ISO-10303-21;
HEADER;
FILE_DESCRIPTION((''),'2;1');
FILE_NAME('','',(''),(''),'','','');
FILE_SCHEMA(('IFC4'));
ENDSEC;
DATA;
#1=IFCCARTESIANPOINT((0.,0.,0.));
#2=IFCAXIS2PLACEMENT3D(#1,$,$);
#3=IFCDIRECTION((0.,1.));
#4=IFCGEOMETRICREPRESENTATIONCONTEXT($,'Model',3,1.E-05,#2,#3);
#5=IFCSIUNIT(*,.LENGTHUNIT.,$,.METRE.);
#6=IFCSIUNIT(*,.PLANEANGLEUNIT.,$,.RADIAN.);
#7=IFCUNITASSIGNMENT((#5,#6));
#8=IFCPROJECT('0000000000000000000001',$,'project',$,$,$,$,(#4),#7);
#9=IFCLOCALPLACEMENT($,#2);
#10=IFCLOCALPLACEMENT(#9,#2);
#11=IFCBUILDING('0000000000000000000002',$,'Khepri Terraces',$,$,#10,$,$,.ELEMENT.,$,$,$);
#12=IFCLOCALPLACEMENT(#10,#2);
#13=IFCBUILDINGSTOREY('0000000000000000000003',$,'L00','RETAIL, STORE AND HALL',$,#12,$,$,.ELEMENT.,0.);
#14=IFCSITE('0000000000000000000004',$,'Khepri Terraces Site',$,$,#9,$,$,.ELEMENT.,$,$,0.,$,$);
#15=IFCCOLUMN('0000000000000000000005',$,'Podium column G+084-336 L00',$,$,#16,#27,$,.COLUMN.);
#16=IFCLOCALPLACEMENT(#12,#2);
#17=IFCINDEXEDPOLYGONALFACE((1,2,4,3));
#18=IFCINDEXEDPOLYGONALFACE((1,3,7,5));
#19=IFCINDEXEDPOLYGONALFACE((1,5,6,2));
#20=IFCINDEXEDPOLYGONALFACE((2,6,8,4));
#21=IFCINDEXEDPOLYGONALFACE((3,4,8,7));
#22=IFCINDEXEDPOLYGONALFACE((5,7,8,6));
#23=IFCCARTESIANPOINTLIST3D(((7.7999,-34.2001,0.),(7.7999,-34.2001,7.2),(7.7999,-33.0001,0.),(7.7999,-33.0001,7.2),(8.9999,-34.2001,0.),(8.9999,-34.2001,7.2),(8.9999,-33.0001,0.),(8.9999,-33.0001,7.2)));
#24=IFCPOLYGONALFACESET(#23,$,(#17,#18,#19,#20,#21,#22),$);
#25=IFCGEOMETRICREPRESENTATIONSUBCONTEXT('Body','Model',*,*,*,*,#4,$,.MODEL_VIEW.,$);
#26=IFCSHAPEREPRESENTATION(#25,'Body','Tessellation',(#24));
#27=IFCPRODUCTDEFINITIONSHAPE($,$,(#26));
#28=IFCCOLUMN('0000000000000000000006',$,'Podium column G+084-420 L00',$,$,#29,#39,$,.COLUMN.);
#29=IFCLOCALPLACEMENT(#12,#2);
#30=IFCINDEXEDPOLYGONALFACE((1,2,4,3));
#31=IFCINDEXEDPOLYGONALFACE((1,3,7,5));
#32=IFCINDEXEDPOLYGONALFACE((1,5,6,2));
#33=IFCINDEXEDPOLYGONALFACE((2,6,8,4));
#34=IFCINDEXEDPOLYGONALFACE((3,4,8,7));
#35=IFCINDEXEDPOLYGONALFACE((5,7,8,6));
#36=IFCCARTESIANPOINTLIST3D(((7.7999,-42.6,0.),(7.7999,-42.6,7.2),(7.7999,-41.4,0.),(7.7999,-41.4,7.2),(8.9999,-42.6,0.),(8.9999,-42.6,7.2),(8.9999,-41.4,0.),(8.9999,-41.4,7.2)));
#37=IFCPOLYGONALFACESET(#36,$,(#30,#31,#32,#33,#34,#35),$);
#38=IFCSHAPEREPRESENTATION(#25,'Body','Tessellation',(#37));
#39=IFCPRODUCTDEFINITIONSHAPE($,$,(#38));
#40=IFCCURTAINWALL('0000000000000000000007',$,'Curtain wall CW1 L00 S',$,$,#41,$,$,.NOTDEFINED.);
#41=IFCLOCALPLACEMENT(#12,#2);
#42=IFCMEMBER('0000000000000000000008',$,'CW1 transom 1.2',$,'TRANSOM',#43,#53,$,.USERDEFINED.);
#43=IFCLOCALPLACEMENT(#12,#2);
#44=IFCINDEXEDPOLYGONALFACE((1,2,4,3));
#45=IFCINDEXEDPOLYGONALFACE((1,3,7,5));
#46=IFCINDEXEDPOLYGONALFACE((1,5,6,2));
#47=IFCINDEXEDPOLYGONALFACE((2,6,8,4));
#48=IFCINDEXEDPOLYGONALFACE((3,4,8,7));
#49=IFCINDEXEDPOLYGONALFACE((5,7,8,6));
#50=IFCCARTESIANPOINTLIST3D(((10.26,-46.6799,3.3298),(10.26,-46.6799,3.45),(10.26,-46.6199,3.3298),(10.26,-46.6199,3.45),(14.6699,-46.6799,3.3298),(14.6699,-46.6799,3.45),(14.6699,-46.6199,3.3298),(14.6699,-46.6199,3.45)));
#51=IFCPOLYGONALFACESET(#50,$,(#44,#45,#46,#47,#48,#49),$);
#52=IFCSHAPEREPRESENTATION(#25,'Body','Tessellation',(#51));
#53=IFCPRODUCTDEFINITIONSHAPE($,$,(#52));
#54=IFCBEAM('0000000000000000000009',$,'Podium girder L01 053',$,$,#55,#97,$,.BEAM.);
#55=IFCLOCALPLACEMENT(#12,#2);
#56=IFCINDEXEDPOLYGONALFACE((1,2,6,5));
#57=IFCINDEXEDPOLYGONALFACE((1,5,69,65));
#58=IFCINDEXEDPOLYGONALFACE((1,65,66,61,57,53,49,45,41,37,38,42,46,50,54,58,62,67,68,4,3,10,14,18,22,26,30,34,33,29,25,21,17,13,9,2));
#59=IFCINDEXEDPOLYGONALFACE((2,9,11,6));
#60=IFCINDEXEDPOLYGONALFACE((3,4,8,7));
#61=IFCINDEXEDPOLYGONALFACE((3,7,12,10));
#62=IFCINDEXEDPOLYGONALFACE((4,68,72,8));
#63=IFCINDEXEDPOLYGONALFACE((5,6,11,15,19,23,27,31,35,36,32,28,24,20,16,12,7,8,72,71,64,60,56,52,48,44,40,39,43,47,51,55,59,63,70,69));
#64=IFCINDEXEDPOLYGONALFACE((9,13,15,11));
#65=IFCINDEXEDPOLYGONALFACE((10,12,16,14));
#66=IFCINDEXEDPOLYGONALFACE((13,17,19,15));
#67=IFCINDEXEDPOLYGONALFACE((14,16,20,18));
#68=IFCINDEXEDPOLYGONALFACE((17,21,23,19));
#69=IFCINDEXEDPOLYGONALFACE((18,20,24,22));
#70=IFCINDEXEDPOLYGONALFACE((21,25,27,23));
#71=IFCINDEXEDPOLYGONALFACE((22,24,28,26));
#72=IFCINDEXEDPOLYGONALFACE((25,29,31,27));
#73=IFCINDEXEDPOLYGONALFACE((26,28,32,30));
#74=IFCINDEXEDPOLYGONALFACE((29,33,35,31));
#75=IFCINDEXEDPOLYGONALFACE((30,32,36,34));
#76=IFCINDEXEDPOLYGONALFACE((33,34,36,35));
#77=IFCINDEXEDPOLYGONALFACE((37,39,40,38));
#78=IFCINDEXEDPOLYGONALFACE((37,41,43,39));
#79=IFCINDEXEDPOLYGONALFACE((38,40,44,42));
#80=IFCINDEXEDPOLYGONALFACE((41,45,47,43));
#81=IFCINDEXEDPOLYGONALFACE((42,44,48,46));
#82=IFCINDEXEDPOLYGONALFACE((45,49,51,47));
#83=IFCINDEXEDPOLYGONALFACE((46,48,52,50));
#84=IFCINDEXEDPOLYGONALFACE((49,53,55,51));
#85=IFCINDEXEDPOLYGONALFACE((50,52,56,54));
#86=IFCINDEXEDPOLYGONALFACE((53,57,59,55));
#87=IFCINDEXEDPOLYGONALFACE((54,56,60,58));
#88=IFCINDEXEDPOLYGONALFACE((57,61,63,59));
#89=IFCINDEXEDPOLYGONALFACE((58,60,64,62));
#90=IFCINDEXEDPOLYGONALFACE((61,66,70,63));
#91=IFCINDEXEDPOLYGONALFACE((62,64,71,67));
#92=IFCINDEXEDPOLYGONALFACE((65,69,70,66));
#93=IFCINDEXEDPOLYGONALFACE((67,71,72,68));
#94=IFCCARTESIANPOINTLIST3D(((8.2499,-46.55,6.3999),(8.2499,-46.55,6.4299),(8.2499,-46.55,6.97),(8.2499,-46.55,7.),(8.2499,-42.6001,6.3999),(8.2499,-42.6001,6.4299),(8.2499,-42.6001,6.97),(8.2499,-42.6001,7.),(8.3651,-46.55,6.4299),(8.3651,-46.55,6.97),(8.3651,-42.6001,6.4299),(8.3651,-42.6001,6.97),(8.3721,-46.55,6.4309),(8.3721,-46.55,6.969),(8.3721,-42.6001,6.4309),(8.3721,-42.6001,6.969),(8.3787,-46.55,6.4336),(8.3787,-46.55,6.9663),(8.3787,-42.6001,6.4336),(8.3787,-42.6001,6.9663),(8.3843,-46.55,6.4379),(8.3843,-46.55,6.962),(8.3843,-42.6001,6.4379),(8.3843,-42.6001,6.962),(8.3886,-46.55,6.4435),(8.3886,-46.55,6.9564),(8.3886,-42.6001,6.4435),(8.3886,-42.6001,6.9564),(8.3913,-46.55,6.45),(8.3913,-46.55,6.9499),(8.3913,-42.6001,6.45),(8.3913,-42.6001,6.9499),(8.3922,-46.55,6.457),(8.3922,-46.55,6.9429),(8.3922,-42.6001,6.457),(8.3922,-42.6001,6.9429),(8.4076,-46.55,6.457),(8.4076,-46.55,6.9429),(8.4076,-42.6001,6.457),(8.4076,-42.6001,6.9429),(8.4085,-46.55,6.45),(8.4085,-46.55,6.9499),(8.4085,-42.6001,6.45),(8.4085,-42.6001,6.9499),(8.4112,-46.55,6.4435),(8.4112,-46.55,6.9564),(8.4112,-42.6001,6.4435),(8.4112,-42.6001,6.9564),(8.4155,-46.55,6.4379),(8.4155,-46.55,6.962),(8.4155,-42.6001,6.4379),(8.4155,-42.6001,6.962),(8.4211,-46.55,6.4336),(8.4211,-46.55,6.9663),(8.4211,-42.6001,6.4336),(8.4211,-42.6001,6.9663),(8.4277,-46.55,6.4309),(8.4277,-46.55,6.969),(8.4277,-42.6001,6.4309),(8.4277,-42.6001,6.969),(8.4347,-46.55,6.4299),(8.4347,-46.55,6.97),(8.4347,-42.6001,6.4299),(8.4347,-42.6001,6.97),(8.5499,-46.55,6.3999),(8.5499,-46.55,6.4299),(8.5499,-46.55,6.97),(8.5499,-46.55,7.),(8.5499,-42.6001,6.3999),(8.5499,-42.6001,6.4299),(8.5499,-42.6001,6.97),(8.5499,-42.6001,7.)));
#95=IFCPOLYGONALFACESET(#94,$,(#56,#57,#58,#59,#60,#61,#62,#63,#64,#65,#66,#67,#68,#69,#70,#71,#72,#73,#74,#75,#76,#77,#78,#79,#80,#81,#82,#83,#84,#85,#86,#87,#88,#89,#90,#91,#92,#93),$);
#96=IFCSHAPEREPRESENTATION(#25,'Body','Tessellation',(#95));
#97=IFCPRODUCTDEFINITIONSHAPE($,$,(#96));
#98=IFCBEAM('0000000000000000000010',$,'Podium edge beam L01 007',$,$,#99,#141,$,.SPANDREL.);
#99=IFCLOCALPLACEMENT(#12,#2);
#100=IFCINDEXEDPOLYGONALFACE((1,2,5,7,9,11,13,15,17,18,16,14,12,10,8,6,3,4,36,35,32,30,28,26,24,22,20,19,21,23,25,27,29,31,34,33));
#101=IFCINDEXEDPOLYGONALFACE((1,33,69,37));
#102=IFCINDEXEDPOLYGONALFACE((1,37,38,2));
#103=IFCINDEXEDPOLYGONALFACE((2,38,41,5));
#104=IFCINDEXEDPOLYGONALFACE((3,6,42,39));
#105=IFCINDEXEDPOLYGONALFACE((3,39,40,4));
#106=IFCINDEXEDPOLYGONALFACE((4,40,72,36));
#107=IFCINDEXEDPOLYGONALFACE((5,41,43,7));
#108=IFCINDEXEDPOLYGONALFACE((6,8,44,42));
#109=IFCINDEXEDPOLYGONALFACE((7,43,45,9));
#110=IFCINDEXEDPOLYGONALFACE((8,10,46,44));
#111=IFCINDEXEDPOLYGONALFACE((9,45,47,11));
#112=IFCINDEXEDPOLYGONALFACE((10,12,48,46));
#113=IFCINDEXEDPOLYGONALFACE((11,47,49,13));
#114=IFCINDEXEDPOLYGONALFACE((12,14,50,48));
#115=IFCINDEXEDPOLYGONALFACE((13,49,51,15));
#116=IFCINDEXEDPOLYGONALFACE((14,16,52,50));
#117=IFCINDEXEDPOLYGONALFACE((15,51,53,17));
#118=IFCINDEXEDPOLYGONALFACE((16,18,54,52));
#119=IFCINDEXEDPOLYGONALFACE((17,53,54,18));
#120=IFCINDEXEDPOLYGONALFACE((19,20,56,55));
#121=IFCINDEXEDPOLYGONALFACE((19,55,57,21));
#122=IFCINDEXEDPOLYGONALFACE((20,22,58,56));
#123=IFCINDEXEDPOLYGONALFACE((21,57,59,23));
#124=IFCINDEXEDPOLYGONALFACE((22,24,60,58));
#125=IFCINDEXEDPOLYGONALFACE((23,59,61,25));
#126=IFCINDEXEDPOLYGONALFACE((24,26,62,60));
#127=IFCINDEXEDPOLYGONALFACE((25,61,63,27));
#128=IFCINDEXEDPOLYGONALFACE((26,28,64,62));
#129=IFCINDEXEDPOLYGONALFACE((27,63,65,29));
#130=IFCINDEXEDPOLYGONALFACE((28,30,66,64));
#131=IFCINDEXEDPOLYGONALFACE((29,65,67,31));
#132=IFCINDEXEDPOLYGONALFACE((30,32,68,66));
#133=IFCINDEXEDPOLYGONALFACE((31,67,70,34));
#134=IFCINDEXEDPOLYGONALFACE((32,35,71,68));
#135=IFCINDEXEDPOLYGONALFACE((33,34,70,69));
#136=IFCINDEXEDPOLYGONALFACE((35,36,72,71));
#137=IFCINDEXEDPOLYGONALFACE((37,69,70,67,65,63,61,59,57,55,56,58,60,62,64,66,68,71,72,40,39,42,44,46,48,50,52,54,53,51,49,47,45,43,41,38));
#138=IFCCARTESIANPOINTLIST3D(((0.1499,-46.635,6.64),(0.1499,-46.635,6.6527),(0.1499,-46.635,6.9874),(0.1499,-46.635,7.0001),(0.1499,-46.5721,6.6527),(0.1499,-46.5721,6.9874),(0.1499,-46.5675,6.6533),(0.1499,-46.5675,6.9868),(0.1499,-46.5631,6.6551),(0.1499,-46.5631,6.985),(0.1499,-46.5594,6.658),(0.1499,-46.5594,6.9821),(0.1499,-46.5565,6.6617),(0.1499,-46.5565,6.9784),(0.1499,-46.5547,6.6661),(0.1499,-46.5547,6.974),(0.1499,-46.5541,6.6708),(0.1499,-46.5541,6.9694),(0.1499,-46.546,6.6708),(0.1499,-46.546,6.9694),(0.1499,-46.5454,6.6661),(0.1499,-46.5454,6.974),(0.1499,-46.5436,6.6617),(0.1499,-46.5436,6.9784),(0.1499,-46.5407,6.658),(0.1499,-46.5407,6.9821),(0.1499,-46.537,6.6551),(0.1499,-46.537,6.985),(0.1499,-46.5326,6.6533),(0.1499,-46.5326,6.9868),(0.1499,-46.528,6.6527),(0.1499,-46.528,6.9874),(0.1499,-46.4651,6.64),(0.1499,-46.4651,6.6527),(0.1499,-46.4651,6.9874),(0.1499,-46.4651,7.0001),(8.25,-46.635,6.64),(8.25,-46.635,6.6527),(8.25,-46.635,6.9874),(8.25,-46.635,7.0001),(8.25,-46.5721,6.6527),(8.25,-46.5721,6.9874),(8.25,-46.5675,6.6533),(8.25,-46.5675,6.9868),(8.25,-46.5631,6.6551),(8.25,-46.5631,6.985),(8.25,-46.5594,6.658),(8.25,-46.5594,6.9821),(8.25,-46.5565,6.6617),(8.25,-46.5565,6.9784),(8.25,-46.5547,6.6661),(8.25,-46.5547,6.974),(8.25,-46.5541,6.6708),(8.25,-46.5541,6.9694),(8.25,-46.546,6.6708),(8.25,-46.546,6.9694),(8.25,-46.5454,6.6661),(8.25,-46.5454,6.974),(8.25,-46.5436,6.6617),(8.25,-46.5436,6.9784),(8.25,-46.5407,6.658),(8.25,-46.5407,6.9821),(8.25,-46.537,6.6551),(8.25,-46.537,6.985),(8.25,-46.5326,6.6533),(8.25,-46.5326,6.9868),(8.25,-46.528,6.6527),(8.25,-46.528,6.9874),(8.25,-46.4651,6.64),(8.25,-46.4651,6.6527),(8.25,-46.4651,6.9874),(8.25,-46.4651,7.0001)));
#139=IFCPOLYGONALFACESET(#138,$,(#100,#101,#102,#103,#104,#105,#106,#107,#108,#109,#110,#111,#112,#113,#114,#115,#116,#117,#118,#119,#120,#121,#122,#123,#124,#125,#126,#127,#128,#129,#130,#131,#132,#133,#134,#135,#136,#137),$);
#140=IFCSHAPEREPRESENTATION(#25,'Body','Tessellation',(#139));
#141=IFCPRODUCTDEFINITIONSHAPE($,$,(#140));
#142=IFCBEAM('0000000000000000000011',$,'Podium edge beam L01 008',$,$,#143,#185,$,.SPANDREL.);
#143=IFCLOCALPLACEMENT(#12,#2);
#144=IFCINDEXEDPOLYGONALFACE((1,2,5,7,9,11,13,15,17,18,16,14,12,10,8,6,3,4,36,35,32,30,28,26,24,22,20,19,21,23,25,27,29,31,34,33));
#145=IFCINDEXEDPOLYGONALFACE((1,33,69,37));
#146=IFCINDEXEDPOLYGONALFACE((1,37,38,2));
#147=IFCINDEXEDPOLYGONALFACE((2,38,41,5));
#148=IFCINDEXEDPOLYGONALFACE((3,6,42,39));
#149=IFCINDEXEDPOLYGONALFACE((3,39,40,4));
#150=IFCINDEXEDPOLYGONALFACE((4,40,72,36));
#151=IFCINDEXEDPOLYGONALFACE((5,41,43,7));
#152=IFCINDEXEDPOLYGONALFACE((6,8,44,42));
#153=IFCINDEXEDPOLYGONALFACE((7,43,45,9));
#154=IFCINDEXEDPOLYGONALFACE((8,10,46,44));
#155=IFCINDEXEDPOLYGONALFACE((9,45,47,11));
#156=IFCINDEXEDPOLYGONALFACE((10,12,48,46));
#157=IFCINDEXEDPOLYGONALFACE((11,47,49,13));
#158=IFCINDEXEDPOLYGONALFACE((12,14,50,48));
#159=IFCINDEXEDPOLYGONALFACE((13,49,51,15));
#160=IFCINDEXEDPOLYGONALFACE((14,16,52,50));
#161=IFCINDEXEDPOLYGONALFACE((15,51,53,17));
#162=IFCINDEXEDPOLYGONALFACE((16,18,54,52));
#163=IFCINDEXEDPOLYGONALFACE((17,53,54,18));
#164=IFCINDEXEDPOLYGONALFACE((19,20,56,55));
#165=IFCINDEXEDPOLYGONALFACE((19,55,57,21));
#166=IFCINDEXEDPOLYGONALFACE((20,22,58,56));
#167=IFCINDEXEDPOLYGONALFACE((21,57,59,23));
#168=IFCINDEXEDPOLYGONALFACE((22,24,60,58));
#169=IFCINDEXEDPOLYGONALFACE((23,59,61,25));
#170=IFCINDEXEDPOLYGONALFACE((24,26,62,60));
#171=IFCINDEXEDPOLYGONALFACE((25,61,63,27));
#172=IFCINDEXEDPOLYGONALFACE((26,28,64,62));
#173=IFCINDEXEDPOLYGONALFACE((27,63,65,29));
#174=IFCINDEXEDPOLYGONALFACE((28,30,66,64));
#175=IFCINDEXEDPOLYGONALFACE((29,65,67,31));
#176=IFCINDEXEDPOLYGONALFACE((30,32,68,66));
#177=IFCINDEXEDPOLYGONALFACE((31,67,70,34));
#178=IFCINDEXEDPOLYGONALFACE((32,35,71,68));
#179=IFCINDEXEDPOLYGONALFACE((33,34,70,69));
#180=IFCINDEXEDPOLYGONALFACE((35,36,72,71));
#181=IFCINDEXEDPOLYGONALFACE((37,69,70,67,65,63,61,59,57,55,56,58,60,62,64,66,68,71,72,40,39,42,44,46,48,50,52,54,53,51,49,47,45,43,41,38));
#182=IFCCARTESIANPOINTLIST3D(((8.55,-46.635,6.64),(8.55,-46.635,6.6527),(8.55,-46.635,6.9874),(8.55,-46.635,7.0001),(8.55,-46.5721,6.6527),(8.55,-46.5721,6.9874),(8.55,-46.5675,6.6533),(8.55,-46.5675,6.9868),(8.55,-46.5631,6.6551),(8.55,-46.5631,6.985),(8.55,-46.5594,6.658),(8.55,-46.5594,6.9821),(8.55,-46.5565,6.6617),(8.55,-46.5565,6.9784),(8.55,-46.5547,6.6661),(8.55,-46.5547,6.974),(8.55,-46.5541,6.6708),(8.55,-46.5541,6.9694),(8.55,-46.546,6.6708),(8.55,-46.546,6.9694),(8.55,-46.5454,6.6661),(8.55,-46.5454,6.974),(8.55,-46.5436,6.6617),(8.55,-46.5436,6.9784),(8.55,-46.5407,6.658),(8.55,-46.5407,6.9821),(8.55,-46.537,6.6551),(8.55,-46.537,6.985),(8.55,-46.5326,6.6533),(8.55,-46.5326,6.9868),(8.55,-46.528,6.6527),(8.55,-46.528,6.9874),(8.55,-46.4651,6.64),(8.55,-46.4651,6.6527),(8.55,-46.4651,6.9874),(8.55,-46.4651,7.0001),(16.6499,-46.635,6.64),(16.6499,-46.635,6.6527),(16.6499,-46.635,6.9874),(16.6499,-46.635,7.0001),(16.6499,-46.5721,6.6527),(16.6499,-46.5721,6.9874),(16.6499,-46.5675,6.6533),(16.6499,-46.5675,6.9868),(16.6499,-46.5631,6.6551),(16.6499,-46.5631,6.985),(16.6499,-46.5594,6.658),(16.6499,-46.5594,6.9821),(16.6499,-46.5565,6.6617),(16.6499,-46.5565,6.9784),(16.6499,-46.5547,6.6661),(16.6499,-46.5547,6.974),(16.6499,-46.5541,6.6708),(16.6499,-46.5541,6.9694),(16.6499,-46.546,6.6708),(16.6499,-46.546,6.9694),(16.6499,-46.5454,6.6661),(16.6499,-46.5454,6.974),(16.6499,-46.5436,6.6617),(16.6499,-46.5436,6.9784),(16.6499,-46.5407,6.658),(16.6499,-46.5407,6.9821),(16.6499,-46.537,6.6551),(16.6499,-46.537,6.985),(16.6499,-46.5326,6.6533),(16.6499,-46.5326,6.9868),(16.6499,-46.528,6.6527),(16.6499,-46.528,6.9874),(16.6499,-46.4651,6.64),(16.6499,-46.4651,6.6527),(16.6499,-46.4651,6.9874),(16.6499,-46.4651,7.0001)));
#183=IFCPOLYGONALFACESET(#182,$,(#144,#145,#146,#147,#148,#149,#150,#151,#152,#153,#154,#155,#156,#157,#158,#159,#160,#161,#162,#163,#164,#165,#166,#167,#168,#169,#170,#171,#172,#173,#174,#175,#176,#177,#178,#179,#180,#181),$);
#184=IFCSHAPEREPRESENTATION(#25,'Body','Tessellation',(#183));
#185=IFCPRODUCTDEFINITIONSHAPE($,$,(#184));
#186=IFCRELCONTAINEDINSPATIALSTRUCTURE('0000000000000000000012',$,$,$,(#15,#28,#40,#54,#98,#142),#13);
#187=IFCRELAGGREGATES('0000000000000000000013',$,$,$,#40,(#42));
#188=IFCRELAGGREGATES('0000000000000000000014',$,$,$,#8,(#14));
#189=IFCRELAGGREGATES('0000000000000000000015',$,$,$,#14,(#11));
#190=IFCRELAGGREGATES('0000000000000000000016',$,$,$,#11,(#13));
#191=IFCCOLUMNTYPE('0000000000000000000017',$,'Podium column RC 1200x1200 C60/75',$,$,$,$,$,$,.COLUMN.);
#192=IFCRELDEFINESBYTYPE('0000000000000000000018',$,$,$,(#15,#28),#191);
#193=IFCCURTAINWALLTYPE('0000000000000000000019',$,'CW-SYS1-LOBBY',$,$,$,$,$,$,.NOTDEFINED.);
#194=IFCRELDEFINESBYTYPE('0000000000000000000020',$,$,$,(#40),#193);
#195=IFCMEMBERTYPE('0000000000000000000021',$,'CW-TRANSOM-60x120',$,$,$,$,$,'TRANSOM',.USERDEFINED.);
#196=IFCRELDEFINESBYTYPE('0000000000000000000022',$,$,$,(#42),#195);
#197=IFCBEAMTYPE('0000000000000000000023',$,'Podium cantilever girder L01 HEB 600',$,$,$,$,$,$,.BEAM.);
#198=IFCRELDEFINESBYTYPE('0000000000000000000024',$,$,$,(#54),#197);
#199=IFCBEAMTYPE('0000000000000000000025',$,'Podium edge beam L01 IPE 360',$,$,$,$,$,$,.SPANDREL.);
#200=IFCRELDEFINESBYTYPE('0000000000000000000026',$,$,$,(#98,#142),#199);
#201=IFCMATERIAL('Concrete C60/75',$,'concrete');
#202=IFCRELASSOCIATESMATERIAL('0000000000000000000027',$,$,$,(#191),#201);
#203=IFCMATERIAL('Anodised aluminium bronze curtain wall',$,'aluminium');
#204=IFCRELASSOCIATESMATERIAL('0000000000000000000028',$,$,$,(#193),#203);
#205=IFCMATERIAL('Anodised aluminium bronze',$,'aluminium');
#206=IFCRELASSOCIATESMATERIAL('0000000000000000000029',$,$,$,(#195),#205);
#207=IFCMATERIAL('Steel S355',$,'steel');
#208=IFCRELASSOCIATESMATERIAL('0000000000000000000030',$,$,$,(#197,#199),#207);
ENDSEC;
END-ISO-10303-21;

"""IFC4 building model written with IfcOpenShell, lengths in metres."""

from ifc_helpers import new_model, si_unit, direction, frame, origin, origin_2d, place, context, subcontext, project, spatial, rectangle, i_section, extrude, material, material_profile, profile_set, type_object, element, aggregate, save


model = new_model("IFC4")

# Units and contexts
model_context = context("Model", 3, precision=1e-05, world=origin(), true_north=direction((0.0, 1.0)))
body_context = subcontext(model_context, "Body", "Model", "MODEL_VIEW")
ifc_project = project(units=[si_unit("LENGTHUNIT", "METRE"), si_unit("PLANEANGLEUNIT", "RADIAN")], contexts=[model_context])

# Site, building, storey
site_placement = place(None, origin())
site = spatial("IfcSite", under=ifc_project, at=site_placement, Name="Khepri Terraces Site", CompositionType="ELEMENT", RefElevation=0.0)
building_placement = place(site_placement, origin())
building = spatial("IfcBuilding", under=site, at=building_placement, Name="Khepri Terraces", CompositionType="ELEMENT")
storey_placement = place(building_placement, origin())
storey = spatial("IfcBuildingStorey", under=building, at=storey_placement, Name="L00", Description="RETAIL, STORE AND HALL", CompositionType="ELEMENT", Elevation=0.0)

# Columns
ifc_material_1 = material(Name="Concrete C60/75", Category="concrete")
ifc_material_profile_1 = material_profile(ifc_material_1, rectangle(XDim=1.2, YDim=1.2, at=origin_2d()), Name="Concrete C60/75", Category="concrete")
ifc_profile_set_1 = profile_set([ifc_material_profile_1], Name="Concrete C60/75")
column_type = type_object("IfcColumnType", Name="Podium column RC 1200x1200 C60/75", PredefinedType="COLUMN", material=ifc_profile_set_1)
for number, where, z_axis, x_axis, name in (
    (1, (8.3999, -33.6001, 0.0), (0.0, 0.0, 1.0), (1.0, 0.0, 0.0), "Podium column G+084-336 L00"),
    (2, (8.3999, -42.0, 0.0), (0.0, 0.0, 1.0), (1.0, 0.0, 0.0), "Podium column G+084-420 L00"),
):
    element("IfcColumn", number, at=place(storey_placement, frame(where, z_axis=z_axis, x_axis=x_axis)), inside=storey, type_object=column_type, Name=name, PredefinedType="COLUMN", context=body_context, shape_type="SweptSolid", body=[
        extrude(rectangle(XDim=1.2, YDim=1.2, at=origin_2d()), origin(), (0.0, 0.0, 1.0), 7.2),
    ])

# Curtain wall, member
ifc_material_2 = material(Name="Anodised aluminium bronze curtain wall", Category="aluminium")
curtain_wall_type = type_object("IfcCurtainWallType", Name="CW-SYS1-LOBBY", PredefinedType="NOTDEFINED", material=ifc_material_2)
curtain_wall_placement = place(storey_placement, origin())
curtain_wall = element("IfcCurtainWall", 3, at=curtain_wall_placement, inside=storey, type_object=curtain_wall_type, Name="Curtain wall CW1 L00 S", PredefinedType="NOTDEFINED")
ifc_material_3 = material(Name="Anodised aluminium bronze", Category="aluminium")
ifc_material_profile_2 = material_profile(ifc_material_3, rectangle(XDim=0.0601, YDim=0.1201, at=origin_2d()), Name="Anodised aluminium bronze", Category="aluminium")
ifc_profile_set_2 = profile_set([ifc_material_profile_2], Name="Anodised aluminium bronze")
member_type = type_object("IfcMemberType", Name="CW-TRANSOM-60x120", ElementType="TRANSOM", PredefinedType="USERDEFINED", material=ifc_profile_set_2)
member_placement = place(storey_placement, frame((10.26, -46.6499, 3.3899), z_axis=(1.0, 0.0, 0.0), x_axis=(0.0, 1.0, 0.0)))
member = element("IfcMember", 4, at=member_placement, type_object=member_type, Name="CW1 transom 1.2", ObjectType="TRANSOM", PredefinedType="USERDEFINED", context=body_context, shape_type="SweptSolid", body=[
    extrude(rectangle(XDim=0.0601, YDim=0.1201, at=origin_2d()), origin(), (0.0, 0.0, 1.0), 4.4099),
])
aggregate(curtain_wall, [member])

# Beams
ifc_material_4 = material(Name="Steel S355", Category="steel")
ifc_material_profile_3 = material_profile(ifc_material_4, i_section(OverallWidth=0.3, OverallDepth=0.6001, WebThickness=0.0154, FlangeThickness=0.03, FilletRadius=0.0271, at=origin_2d()), Name="Steel S355", Category="steel")
ifc_profile_set_3 = profile_set([ifc_material_profile_3], Name="Steel S355")
beam_type_1 = type_object("IfcBeamType", Name="Podium cantilever girder L01 HEB 600", PredefinedType="BEAM", material=ifc_profile_set_3)
beam_1_placement = place(storey_placement, frame((8.3999, -46.55, 6.7), z_axis=(0.0, 1.0, 0.0), x_axis=(-1.0, 0.0, 0.0)))
element("IfcBeam", 5, at=beam_1_placement, inside=storey, type_object=beam_type_1, Name="Podium girder L01 053", PredefinedType="BEAM", context=body_context, shape_type="SweptSolid", body=[
    extrude(i_section(OverallWidth=0.3, OverallDepth=0.6001, WebThickness=0.0154, FlangeThickness=0.03, FilletRadius=0.0271, at=origin_2d()), origin(), (0.0, 0.0, 1.0), 3.95),
])
ifc_material_profile_4 = material_profile(ifc_material_4, i_section(OverallWidth=0.1699, OverallDepth=0.3601, WebThickness=0.0081, FlangeThickness=0.0127, FilletRadius=0.0181, at=origin_2d()), Name="Steel S355", Category="steel")
ifc_profile_set_4 = profile_set([ifc_material_profile_4], Name="Steel S355")
beam_type_2 = type_object("IfcBeamType", Name="Podium edge beam L01 IPE 360", PredefinedType="SPANDREL", material=ifc_profile_set_4)
beam_2_placement = place(storey_placement, frame((0.1499, -46.55, 6.8201), z_axis=(1.0, 0.0, 0.0), x_axis=(0.0, 1.0, 0.0)))
element("IfcBeam", 6, at=beam_2_placement, inside=storey, type_object=beam_type_2, Name="Podium edge beam L01 007", PredefinedType="SPANDREL", context=body_context, shape_type="SweptSolid", body=[
    extrude(i_section(OverallWidth=0.1699, OverallDepth=0.3601, WebThickness=0.0081, FlangeThickness=0.0127, FilletRadius=0.0181, at=origin_2d()), origin(), (0.0, 0.0, 1.0), 8.1001),
])
beam_3_placement = place(storey_placement, frame((8.55, -46.55, 6.8201), z_axis=(1.0, 0.0, 0.0), x_axis=(0.0, 1.0, 0.0)))
element("IfcBeam", 7, at=beam_3_placement, inside=storey, type_object=beam_type_2, Name="Podium edge beam L01 008", PredefinedType="SPANDREL", context=body_context, shape_type="SweptSolid", body=[
    extrude(i_section(OverallWidth=0.1699, OverallDepth=0.3601, WebThickness=0.0081, FlangeThickness=0.0127, FilletRadius=0.0181, at=origin_2d()), origin(), (0.0, 0.0, 1.0), 8.0999),
])

save(model, "model.ifc")
